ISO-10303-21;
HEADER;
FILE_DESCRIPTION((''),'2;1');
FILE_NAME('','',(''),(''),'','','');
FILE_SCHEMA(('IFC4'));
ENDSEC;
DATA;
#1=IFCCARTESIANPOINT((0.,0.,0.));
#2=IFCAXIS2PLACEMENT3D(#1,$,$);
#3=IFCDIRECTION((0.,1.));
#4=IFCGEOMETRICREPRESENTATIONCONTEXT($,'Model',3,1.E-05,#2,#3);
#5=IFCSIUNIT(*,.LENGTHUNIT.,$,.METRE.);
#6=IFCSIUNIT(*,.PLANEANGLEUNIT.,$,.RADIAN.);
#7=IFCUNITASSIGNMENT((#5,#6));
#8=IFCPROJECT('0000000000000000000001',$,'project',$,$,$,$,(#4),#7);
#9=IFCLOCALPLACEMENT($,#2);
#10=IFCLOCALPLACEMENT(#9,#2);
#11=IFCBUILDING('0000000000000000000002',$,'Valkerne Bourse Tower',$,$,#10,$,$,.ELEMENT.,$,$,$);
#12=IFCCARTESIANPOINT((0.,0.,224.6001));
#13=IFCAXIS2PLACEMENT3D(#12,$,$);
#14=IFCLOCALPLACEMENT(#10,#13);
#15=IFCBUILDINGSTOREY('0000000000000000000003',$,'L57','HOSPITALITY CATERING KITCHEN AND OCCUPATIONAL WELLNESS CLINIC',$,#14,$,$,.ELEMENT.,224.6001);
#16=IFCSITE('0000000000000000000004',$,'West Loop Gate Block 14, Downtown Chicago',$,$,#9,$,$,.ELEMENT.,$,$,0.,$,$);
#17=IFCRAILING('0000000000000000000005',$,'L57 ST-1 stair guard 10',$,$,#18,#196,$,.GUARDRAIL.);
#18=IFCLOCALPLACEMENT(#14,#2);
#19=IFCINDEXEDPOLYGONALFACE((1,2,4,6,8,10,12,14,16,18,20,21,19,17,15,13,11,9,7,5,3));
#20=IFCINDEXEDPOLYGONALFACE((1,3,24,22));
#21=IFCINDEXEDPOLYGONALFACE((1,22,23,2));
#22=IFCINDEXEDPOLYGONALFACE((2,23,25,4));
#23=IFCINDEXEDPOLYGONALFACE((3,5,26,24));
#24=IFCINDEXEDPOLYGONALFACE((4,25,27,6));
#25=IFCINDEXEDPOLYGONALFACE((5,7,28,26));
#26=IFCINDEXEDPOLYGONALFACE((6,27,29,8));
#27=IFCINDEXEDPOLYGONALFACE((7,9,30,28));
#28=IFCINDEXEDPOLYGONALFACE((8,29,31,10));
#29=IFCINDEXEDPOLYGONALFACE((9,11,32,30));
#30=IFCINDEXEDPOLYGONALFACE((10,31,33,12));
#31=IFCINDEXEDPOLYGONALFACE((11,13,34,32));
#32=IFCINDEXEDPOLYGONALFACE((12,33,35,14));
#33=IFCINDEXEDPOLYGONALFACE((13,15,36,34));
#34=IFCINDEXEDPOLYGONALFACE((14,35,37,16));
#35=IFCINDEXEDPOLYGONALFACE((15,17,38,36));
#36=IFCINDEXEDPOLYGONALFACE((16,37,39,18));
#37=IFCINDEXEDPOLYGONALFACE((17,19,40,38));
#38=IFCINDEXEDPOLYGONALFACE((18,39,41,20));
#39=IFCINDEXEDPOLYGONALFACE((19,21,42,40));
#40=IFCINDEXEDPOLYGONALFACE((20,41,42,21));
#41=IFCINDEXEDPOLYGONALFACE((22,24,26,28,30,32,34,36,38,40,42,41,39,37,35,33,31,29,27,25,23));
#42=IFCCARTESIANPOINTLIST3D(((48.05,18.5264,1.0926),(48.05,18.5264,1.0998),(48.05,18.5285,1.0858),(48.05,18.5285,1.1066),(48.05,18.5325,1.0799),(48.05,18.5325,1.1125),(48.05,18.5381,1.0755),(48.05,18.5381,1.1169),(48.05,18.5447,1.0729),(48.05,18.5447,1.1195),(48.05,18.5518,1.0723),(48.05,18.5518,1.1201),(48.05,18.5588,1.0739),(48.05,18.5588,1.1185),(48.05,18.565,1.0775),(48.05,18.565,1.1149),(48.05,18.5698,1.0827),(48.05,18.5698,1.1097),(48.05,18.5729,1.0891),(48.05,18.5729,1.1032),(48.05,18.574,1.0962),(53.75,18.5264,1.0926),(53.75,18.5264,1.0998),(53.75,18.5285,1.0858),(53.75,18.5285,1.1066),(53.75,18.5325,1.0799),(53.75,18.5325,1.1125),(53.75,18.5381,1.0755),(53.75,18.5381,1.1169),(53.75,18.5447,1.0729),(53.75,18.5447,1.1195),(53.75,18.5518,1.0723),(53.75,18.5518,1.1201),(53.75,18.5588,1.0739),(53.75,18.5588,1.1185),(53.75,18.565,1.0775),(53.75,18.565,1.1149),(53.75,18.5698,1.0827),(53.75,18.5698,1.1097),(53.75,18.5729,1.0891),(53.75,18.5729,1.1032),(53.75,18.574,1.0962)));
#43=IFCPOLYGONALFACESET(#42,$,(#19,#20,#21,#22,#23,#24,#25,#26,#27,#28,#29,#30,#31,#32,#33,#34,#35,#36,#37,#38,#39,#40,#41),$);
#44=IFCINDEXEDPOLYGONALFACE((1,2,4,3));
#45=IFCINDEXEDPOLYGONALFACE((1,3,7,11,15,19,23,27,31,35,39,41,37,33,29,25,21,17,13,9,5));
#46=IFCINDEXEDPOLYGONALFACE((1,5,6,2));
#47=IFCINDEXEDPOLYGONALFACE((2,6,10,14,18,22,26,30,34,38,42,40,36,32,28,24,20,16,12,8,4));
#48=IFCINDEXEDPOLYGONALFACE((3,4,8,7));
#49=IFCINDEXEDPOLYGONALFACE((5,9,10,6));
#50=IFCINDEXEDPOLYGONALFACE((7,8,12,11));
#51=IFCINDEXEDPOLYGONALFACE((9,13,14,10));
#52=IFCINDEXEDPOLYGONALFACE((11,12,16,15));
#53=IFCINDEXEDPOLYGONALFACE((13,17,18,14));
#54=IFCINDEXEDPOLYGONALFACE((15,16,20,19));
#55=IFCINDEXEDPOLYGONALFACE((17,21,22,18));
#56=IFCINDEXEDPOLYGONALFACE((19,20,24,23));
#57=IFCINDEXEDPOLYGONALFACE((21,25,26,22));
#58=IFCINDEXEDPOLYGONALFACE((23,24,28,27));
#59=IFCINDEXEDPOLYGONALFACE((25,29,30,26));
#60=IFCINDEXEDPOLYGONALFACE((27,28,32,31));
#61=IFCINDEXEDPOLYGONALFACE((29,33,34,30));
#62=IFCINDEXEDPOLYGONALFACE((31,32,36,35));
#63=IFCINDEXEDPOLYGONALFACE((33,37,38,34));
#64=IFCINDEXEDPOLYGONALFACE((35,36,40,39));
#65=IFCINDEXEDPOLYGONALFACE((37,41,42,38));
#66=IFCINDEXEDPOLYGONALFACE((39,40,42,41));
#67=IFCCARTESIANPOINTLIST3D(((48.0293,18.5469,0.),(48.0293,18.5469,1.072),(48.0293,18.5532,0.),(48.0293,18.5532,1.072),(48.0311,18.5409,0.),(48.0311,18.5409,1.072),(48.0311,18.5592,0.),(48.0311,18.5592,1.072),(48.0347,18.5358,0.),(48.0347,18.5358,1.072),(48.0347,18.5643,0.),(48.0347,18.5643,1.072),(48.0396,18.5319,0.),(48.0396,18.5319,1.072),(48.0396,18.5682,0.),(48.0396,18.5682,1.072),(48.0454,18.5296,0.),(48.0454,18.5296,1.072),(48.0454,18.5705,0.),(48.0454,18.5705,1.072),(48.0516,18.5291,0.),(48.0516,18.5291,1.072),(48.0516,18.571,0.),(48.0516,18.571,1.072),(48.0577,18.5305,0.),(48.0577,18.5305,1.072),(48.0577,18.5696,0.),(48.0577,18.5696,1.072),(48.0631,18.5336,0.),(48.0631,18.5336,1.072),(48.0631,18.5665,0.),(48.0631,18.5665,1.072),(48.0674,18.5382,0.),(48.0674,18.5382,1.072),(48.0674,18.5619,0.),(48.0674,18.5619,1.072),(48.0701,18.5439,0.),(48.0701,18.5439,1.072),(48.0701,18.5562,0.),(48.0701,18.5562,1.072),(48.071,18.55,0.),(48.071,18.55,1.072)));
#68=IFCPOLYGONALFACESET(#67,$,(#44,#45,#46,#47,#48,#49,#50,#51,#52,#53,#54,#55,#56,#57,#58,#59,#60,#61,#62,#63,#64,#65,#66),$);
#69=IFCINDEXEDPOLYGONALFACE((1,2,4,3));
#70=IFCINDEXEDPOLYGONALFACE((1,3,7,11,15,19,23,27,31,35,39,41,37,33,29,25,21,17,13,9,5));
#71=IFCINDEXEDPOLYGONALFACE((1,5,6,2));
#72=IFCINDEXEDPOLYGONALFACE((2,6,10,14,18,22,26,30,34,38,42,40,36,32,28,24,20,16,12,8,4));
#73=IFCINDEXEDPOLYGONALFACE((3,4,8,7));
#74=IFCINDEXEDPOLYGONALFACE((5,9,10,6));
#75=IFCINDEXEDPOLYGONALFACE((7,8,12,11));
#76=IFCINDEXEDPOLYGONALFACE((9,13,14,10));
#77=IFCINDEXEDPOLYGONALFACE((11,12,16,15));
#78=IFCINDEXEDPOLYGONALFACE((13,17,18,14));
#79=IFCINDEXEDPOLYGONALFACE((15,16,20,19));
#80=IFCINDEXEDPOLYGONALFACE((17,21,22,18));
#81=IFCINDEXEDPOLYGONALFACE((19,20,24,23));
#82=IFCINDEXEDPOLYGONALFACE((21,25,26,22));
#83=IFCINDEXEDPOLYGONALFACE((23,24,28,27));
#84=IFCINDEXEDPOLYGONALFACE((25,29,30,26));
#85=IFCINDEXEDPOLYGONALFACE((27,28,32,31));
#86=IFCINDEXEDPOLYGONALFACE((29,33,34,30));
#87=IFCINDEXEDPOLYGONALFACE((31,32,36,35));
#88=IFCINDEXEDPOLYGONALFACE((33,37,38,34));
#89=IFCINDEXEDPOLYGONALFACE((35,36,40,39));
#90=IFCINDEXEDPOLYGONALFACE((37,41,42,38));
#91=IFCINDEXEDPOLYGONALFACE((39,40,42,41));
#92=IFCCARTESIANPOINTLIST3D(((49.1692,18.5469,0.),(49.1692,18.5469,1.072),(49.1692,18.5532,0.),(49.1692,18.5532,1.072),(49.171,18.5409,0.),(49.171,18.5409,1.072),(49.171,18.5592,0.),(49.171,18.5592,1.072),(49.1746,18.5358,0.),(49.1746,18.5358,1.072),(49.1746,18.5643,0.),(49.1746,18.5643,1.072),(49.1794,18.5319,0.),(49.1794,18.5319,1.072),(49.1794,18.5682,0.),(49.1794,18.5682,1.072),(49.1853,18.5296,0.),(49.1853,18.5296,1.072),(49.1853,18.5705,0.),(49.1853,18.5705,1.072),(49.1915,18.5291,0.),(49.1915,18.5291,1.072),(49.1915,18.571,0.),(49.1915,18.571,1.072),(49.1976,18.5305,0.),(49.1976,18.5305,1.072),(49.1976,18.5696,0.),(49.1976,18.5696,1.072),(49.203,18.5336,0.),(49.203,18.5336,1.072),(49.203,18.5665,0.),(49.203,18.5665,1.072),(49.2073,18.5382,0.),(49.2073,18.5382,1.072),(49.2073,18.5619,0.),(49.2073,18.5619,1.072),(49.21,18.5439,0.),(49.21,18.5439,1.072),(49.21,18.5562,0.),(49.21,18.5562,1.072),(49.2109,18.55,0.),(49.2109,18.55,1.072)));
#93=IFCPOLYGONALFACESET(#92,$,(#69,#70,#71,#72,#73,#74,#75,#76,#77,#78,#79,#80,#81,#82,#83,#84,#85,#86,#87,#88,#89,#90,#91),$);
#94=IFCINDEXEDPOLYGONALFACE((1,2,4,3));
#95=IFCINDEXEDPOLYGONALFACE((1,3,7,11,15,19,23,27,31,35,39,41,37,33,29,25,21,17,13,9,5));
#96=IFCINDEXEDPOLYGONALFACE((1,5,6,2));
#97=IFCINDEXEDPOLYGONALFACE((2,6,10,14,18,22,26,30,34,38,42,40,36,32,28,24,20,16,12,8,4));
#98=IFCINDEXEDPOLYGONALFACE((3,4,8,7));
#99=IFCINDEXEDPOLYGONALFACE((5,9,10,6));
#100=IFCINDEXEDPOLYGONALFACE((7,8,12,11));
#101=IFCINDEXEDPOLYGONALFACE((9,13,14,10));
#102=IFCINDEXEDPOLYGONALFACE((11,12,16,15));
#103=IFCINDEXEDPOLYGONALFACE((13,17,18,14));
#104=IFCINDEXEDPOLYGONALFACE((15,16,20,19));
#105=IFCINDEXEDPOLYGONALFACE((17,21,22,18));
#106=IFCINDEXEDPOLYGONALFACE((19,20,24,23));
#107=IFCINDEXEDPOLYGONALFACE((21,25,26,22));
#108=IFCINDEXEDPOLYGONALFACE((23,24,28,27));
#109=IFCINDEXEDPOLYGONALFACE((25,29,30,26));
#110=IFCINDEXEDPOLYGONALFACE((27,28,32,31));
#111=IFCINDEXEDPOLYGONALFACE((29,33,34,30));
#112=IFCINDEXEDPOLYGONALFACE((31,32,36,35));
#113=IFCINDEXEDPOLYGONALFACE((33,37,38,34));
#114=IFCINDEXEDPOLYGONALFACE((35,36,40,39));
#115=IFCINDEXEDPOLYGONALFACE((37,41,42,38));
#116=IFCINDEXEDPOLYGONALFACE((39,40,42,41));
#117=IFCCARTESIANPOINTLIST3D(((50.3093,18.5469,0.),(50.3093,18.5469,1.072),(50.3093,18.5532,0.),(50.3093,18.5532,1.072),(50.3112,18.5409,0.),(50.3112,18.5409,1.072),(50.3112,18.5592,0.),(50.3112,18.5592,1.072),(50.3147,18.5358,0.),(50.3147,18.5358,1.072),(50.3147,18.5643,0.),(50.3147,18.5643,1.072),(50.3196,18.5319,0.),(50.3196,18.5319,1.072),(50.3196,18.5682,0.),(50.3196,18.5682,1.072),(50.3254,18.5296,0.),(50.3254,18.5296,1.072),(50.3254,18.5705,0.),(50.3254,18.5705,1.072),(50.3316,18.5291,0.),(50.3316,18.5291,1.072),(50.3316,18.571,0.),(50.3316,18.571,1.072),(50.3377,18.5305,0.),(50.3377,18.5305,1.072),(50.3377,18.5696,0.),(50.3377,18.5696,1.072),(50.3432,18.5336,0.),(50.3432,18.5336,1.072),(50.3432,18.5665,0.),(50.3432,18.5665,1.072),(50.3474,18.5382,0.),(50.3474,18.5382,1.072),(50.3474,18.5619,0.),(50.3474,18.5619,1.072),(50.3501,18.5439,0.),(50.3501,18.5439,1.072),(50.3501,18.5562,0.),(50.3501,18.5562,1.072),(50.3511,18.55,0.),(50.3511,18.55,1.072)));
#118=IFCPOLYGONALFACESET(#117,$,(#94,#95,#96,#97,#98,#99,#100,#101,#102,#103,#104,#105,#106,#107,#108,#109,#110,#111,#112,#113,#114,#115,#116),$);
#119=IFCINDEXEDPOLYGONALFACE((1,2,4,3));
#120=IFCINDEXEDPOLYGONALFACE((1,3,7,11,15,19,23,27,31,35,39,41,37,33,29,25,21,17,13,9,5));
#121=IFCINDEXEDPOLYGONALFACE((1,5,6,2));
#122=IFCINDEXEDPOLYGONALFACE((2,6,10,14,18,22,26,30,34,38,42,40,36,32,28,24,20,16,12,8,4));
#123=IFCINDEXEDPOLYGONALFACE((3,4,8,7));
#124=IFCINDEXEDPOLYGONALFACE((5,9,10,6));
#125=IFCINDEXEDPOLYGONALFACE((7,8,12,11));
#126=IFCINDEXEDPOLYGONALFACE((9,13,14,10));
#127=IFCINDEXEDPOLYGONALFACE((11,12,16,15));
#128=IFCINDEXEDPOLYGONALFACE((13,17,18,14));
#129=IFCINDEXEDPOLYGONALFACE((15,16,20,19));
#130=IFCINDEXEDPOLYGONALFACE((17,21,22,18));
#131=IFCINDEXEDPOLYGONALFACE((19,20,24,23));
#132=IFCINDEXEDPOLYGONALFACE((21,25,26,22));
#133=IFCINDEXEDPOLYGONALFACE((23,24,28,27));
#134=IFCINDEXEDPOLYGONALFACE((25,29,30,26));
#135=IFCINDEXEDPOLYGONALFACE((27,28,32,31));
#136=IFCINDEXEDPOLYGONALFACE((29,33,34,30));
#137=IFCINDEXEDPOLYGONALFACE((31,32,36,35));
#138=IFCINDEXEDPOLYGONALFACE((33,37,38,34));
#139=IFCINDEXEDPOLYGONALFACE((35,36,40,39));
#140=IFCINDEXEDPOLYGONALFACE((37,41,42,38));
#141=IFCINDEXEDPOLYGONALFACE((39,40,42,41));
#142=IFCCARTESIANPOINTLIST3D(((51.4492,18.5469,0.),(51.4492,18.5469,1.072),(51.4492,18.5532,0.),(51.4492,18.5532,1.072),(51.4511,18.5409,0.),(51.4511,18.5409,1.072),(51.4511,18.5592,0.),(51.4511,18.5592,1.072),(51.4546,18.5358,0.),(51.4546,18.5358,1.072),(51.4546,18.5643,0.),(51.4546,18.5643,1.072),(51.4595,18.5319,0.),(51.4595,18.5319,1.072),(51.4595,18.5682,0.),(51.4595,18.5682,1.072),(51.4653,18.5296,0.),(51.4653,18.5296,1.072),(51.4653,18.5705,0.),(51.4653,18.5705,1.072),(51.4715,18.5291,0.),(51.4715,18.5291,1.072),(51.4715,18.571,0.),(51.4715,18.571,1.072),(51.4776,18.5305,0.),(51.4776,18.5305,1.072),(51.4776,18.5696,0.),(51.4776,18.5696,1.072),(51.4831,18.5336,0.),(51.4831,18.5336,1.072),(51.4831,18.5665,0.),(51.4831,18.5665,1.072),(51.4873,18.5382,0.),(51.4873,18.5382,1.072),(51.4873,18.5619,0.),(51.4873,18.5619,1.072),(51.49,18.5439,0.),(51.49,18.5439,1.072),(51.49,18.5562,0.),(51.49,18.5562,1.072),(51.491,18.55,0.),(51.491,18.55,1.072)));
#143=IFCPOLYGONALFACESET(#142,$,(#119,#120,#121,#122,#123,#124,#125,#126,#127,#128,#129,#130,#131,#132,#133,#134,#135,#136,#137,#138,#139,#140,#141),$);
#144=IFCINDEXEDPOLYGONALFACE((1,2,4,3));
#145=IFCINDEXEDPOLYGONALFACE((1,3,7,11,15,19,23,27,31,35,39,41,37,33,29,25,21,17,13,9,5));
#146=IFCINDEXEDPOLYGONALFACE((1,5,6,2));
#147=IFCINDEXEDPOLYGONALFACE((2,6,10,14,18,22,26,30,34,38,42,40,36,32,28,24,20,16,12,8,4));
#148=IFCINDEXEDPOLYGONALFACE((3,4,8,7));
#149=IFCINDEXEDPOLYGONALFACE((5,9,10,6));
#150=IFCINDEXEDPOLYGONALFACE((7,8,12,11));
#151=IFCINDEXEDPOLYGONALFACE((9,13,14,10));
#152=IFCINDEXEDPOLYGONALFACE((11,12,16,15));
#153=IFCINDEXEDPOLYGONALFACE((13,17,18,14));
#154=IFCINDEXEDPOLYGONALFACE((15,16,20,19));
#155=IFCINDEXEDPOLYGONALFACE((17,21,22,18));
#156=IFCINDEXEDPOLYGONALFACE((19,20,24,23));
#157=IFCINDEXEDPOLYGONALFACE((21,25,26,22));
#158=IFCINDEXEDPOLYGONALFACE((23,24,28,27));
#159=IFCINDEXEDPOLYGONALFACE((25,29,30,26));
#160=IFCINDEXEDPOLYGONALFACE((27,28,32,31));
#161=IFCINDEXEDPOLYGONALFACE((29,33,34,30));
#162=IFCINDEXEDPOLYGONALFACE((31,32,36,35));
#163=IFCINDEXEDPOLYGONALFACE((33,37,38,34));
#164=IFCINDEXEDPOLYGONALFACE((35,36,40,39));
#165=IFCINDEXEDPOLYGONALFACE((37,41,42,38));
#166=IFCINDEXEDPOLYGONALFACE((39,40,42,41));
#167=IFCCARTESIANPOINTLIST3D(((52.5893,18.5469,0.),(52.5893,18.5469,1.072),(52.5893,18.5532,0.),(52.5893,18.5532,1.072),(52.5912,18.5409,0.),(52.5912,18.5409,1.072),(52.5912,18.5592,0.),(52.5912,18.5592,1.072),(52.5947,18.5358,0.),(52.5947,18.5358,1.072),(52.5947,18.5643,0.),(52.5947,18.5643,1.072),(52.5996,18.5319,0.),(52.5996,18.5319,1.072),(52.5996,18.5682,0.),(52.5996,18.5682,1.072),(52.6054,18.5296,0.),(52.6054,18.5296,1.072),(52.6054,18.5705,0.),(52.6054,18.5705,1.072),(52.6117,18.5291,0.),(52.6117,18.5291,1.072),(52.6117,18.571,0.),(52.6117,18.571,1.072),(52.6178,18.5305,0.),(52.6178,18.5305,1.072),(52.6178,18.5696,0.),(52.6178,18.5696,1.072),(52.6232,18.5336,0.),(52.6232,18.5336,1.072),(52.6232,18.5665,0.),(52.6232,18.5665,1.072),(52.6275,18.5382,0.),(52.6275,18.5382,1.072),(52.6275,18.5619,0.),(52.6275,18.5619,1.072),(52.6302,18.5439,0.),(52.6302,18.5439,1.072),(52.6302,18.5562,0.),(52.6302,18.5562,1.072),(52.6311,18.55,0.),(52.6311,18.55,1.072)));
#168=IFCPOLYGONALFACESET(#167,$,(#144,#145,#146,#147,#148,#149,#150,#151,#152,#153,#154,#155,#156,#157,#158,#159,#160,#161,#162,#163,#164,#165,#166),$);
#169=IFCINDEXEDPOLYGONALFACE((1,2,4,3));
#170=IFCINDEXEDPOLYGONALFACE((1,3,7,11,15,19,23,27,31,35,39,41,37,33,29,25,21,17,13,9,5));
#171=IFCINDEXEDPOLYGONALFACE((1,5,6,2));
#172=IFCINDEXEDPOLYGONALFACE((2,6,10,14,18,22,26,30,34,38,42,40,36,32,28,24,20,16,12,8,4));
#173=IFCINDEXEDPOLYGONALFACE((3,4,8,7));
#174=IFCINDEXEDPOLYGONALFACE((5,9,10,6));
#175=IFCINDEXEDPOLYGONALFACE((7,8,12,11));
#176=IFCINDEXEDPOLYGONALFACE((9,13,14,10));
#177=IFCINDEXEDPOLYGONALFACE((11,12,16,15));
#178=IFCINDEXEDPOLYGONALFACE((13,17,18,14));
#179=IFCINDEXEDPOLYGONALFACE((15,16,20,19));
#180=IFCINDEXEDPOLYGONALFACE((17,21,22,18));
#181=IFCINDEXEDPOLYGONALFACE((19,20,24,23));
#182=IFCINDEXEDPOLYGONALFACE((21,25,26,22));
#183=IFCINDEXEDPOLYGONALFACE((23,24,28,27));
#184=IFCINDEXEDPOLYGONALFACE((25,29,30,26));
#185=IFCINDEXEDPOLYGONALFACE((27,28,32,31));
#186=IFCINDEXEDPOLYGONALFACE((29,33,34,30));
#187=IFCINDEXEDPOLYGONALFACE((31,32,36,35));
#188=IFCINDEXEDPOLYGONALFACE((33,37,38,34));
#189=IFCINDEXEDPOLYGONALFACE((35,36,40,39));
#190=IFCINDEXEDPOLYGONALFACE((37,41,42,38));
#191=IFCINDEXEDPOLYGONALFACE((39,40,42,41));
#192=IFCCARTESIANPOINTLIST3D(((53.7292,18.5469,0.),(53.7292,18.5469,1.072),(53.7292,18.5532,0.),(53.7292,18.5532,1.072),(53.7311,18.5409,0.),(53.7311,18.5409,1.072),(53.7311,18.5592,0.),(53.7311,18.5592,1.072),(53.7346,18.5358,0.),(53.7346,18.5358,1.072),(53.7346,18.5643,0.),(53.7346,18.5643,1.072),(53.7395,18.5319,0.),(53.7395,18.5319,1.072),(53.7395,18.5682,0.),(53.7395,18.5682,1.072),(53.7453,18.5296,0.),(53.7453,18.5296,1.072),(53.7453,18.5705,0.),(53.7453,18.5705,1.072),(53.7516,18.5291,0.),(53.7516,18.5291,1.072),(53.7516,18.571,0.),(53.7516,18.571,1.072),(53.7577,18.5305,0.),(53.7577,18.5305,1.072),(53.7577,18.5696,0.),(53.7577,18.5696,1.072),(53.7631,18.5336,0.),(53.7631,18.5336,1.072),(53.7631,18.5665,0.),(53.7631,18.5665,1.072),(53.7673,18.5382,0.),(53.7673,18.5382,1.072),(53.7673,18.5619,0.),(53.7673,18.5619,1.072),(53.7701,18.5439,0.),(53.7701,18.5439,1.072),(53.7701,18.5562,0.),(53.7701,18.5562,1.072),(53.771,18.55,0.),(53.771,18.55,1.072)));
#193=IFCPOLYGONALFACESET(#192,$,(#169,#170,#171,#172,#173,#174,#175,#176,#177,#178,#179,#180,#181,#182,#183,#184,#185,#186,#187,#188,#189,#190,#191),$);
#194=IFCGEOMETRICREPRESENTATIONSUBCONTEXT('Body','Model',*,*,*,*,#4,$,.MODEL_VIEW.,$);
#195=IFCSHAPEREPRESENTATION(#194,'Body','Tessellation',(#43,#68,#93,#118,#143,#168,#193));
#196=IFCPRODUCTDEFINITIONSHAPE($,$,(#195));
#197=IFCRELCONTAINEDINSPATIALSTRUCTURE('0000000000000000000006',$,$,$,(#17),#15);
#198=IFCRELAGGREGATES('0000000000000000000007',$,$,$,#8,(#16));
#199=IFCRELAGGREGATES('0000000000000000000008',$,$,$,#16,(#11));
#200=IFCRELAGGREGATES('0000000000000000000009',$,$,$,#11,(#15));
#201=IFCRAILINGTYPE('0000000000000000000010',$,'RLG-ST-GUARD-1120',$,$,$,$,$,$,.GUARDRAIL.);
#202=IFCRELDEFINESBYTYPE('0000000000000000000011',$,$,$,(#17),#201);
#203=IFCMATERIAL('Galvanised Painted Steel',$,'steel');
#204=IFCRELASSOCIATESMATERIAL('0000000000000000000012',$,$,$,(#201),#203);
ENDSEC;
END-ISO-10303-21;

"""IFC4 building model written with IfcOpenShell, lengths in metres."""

from ifc_helpers import new_model, si_unit, direction, frame, origin, origin_2d, place, context, subcontext, project, spatial, circle, extrude, material, type_object, element, save


model = new_model("IFC4")

# Units and contexts
model_context = context("Model", 3, precision=1e-05, world=origin(), true_north=direction((0.0, 1.0)))
body_context = subcontext(model_context, "Body", "Model", "MODEL_VIEW")
ifc_project = project(units=[si_unit("LENGTHUNIT", "METRE"), si_unit("PLANEANGLEUNIT", "RADIAN")], contexts=[model_context])

# Site, building, storey
site_placement = place(None, origin())
site = spatial("IfcSite", under=ifc_project, at=site_placement, Name="West Loop Gate Block 14, Downtown Chicago", CompositionType="ELEMENT", RefElevation=0.0)
building_placement = place(site_placement, origin())
building = spatial("IfcBuilding", under=site, at=building_placement, Name="Valkerne Bourse Tower", CompositionType="ELEMENT")
storey_placement = place(building_placement, frame((0.0, 0.0, 224.6001)))
storey = spatial("IfcBuildingStorey", under=building, at=storey_placement, Name="L57", Description="HOSPITALITY CATERING KITCHEN AND OCCUPATIONAL WELLNESS CLINIC", CompositionType="ELEMENT", Elevation=224.6001)

# Railing
ifc_material_1 = material(Name="Galvanised Painted Steel", Category="steel")
railing_type = type_object("IfcRailingType", Name="RLG-ST-GUARD-1120", PredefinedType="GUARDRAIL", material=ifc_material_1)
railing_placement = place(storey_placement, frame((48.05, 18.55, 0.0)))
element("IfcRailing", 1, at=railing_placement, inside=storey, type_object=railing_type, Name="L57 ST-1 stair guard 10", PredefinedType="GUARDRAIL", context=body_context, shape_type="SweptSolid", body=[
    extrude(circle(Radius=0.0239, at=origin_2d()), frame((0.0, 0.0, 1.0962), z_axis=(1.0, 0.0, 0.0), x_axis=(0.0, 1.0, 0.0)), (0.0, 0.0, 1.0), 5.7),
    extrude(circle(Radius=0.021, at=origin_2d()), origin(), (0.0, 0.0, 1.0), 1.072),
    extrude(circle(Radius=0.021, at=origin_2d()), frame((1.1399, 0.0, 0.0)), (0.0, 0.0, 1.0), 1.072),
    extrude(circle(Radius=0.021, at=origin_2d()), frame((2.28, 0.0, 0.0)), (0.0, 0.0, 1.0), 1.072),
    extrude(circle(Radius=0.021, at=origin_2d()), frame((3.4199, 0.0, 0.0)), (0.0, 0.0, 1.0), 1.072),
    extrude(circle(Radius=0.021, at=origin_2d()), frame((4.5601, 0.0, 0.0)), (0.0, 0.0, 1.0), 1.072),
    extrude(circle(Radius=0.021, at=origin_2d()), frame((5.7, 0.0, 0.0)), (0.0, 0.0, 1.0), 1.072),
])

save(model, "model.ifc")
